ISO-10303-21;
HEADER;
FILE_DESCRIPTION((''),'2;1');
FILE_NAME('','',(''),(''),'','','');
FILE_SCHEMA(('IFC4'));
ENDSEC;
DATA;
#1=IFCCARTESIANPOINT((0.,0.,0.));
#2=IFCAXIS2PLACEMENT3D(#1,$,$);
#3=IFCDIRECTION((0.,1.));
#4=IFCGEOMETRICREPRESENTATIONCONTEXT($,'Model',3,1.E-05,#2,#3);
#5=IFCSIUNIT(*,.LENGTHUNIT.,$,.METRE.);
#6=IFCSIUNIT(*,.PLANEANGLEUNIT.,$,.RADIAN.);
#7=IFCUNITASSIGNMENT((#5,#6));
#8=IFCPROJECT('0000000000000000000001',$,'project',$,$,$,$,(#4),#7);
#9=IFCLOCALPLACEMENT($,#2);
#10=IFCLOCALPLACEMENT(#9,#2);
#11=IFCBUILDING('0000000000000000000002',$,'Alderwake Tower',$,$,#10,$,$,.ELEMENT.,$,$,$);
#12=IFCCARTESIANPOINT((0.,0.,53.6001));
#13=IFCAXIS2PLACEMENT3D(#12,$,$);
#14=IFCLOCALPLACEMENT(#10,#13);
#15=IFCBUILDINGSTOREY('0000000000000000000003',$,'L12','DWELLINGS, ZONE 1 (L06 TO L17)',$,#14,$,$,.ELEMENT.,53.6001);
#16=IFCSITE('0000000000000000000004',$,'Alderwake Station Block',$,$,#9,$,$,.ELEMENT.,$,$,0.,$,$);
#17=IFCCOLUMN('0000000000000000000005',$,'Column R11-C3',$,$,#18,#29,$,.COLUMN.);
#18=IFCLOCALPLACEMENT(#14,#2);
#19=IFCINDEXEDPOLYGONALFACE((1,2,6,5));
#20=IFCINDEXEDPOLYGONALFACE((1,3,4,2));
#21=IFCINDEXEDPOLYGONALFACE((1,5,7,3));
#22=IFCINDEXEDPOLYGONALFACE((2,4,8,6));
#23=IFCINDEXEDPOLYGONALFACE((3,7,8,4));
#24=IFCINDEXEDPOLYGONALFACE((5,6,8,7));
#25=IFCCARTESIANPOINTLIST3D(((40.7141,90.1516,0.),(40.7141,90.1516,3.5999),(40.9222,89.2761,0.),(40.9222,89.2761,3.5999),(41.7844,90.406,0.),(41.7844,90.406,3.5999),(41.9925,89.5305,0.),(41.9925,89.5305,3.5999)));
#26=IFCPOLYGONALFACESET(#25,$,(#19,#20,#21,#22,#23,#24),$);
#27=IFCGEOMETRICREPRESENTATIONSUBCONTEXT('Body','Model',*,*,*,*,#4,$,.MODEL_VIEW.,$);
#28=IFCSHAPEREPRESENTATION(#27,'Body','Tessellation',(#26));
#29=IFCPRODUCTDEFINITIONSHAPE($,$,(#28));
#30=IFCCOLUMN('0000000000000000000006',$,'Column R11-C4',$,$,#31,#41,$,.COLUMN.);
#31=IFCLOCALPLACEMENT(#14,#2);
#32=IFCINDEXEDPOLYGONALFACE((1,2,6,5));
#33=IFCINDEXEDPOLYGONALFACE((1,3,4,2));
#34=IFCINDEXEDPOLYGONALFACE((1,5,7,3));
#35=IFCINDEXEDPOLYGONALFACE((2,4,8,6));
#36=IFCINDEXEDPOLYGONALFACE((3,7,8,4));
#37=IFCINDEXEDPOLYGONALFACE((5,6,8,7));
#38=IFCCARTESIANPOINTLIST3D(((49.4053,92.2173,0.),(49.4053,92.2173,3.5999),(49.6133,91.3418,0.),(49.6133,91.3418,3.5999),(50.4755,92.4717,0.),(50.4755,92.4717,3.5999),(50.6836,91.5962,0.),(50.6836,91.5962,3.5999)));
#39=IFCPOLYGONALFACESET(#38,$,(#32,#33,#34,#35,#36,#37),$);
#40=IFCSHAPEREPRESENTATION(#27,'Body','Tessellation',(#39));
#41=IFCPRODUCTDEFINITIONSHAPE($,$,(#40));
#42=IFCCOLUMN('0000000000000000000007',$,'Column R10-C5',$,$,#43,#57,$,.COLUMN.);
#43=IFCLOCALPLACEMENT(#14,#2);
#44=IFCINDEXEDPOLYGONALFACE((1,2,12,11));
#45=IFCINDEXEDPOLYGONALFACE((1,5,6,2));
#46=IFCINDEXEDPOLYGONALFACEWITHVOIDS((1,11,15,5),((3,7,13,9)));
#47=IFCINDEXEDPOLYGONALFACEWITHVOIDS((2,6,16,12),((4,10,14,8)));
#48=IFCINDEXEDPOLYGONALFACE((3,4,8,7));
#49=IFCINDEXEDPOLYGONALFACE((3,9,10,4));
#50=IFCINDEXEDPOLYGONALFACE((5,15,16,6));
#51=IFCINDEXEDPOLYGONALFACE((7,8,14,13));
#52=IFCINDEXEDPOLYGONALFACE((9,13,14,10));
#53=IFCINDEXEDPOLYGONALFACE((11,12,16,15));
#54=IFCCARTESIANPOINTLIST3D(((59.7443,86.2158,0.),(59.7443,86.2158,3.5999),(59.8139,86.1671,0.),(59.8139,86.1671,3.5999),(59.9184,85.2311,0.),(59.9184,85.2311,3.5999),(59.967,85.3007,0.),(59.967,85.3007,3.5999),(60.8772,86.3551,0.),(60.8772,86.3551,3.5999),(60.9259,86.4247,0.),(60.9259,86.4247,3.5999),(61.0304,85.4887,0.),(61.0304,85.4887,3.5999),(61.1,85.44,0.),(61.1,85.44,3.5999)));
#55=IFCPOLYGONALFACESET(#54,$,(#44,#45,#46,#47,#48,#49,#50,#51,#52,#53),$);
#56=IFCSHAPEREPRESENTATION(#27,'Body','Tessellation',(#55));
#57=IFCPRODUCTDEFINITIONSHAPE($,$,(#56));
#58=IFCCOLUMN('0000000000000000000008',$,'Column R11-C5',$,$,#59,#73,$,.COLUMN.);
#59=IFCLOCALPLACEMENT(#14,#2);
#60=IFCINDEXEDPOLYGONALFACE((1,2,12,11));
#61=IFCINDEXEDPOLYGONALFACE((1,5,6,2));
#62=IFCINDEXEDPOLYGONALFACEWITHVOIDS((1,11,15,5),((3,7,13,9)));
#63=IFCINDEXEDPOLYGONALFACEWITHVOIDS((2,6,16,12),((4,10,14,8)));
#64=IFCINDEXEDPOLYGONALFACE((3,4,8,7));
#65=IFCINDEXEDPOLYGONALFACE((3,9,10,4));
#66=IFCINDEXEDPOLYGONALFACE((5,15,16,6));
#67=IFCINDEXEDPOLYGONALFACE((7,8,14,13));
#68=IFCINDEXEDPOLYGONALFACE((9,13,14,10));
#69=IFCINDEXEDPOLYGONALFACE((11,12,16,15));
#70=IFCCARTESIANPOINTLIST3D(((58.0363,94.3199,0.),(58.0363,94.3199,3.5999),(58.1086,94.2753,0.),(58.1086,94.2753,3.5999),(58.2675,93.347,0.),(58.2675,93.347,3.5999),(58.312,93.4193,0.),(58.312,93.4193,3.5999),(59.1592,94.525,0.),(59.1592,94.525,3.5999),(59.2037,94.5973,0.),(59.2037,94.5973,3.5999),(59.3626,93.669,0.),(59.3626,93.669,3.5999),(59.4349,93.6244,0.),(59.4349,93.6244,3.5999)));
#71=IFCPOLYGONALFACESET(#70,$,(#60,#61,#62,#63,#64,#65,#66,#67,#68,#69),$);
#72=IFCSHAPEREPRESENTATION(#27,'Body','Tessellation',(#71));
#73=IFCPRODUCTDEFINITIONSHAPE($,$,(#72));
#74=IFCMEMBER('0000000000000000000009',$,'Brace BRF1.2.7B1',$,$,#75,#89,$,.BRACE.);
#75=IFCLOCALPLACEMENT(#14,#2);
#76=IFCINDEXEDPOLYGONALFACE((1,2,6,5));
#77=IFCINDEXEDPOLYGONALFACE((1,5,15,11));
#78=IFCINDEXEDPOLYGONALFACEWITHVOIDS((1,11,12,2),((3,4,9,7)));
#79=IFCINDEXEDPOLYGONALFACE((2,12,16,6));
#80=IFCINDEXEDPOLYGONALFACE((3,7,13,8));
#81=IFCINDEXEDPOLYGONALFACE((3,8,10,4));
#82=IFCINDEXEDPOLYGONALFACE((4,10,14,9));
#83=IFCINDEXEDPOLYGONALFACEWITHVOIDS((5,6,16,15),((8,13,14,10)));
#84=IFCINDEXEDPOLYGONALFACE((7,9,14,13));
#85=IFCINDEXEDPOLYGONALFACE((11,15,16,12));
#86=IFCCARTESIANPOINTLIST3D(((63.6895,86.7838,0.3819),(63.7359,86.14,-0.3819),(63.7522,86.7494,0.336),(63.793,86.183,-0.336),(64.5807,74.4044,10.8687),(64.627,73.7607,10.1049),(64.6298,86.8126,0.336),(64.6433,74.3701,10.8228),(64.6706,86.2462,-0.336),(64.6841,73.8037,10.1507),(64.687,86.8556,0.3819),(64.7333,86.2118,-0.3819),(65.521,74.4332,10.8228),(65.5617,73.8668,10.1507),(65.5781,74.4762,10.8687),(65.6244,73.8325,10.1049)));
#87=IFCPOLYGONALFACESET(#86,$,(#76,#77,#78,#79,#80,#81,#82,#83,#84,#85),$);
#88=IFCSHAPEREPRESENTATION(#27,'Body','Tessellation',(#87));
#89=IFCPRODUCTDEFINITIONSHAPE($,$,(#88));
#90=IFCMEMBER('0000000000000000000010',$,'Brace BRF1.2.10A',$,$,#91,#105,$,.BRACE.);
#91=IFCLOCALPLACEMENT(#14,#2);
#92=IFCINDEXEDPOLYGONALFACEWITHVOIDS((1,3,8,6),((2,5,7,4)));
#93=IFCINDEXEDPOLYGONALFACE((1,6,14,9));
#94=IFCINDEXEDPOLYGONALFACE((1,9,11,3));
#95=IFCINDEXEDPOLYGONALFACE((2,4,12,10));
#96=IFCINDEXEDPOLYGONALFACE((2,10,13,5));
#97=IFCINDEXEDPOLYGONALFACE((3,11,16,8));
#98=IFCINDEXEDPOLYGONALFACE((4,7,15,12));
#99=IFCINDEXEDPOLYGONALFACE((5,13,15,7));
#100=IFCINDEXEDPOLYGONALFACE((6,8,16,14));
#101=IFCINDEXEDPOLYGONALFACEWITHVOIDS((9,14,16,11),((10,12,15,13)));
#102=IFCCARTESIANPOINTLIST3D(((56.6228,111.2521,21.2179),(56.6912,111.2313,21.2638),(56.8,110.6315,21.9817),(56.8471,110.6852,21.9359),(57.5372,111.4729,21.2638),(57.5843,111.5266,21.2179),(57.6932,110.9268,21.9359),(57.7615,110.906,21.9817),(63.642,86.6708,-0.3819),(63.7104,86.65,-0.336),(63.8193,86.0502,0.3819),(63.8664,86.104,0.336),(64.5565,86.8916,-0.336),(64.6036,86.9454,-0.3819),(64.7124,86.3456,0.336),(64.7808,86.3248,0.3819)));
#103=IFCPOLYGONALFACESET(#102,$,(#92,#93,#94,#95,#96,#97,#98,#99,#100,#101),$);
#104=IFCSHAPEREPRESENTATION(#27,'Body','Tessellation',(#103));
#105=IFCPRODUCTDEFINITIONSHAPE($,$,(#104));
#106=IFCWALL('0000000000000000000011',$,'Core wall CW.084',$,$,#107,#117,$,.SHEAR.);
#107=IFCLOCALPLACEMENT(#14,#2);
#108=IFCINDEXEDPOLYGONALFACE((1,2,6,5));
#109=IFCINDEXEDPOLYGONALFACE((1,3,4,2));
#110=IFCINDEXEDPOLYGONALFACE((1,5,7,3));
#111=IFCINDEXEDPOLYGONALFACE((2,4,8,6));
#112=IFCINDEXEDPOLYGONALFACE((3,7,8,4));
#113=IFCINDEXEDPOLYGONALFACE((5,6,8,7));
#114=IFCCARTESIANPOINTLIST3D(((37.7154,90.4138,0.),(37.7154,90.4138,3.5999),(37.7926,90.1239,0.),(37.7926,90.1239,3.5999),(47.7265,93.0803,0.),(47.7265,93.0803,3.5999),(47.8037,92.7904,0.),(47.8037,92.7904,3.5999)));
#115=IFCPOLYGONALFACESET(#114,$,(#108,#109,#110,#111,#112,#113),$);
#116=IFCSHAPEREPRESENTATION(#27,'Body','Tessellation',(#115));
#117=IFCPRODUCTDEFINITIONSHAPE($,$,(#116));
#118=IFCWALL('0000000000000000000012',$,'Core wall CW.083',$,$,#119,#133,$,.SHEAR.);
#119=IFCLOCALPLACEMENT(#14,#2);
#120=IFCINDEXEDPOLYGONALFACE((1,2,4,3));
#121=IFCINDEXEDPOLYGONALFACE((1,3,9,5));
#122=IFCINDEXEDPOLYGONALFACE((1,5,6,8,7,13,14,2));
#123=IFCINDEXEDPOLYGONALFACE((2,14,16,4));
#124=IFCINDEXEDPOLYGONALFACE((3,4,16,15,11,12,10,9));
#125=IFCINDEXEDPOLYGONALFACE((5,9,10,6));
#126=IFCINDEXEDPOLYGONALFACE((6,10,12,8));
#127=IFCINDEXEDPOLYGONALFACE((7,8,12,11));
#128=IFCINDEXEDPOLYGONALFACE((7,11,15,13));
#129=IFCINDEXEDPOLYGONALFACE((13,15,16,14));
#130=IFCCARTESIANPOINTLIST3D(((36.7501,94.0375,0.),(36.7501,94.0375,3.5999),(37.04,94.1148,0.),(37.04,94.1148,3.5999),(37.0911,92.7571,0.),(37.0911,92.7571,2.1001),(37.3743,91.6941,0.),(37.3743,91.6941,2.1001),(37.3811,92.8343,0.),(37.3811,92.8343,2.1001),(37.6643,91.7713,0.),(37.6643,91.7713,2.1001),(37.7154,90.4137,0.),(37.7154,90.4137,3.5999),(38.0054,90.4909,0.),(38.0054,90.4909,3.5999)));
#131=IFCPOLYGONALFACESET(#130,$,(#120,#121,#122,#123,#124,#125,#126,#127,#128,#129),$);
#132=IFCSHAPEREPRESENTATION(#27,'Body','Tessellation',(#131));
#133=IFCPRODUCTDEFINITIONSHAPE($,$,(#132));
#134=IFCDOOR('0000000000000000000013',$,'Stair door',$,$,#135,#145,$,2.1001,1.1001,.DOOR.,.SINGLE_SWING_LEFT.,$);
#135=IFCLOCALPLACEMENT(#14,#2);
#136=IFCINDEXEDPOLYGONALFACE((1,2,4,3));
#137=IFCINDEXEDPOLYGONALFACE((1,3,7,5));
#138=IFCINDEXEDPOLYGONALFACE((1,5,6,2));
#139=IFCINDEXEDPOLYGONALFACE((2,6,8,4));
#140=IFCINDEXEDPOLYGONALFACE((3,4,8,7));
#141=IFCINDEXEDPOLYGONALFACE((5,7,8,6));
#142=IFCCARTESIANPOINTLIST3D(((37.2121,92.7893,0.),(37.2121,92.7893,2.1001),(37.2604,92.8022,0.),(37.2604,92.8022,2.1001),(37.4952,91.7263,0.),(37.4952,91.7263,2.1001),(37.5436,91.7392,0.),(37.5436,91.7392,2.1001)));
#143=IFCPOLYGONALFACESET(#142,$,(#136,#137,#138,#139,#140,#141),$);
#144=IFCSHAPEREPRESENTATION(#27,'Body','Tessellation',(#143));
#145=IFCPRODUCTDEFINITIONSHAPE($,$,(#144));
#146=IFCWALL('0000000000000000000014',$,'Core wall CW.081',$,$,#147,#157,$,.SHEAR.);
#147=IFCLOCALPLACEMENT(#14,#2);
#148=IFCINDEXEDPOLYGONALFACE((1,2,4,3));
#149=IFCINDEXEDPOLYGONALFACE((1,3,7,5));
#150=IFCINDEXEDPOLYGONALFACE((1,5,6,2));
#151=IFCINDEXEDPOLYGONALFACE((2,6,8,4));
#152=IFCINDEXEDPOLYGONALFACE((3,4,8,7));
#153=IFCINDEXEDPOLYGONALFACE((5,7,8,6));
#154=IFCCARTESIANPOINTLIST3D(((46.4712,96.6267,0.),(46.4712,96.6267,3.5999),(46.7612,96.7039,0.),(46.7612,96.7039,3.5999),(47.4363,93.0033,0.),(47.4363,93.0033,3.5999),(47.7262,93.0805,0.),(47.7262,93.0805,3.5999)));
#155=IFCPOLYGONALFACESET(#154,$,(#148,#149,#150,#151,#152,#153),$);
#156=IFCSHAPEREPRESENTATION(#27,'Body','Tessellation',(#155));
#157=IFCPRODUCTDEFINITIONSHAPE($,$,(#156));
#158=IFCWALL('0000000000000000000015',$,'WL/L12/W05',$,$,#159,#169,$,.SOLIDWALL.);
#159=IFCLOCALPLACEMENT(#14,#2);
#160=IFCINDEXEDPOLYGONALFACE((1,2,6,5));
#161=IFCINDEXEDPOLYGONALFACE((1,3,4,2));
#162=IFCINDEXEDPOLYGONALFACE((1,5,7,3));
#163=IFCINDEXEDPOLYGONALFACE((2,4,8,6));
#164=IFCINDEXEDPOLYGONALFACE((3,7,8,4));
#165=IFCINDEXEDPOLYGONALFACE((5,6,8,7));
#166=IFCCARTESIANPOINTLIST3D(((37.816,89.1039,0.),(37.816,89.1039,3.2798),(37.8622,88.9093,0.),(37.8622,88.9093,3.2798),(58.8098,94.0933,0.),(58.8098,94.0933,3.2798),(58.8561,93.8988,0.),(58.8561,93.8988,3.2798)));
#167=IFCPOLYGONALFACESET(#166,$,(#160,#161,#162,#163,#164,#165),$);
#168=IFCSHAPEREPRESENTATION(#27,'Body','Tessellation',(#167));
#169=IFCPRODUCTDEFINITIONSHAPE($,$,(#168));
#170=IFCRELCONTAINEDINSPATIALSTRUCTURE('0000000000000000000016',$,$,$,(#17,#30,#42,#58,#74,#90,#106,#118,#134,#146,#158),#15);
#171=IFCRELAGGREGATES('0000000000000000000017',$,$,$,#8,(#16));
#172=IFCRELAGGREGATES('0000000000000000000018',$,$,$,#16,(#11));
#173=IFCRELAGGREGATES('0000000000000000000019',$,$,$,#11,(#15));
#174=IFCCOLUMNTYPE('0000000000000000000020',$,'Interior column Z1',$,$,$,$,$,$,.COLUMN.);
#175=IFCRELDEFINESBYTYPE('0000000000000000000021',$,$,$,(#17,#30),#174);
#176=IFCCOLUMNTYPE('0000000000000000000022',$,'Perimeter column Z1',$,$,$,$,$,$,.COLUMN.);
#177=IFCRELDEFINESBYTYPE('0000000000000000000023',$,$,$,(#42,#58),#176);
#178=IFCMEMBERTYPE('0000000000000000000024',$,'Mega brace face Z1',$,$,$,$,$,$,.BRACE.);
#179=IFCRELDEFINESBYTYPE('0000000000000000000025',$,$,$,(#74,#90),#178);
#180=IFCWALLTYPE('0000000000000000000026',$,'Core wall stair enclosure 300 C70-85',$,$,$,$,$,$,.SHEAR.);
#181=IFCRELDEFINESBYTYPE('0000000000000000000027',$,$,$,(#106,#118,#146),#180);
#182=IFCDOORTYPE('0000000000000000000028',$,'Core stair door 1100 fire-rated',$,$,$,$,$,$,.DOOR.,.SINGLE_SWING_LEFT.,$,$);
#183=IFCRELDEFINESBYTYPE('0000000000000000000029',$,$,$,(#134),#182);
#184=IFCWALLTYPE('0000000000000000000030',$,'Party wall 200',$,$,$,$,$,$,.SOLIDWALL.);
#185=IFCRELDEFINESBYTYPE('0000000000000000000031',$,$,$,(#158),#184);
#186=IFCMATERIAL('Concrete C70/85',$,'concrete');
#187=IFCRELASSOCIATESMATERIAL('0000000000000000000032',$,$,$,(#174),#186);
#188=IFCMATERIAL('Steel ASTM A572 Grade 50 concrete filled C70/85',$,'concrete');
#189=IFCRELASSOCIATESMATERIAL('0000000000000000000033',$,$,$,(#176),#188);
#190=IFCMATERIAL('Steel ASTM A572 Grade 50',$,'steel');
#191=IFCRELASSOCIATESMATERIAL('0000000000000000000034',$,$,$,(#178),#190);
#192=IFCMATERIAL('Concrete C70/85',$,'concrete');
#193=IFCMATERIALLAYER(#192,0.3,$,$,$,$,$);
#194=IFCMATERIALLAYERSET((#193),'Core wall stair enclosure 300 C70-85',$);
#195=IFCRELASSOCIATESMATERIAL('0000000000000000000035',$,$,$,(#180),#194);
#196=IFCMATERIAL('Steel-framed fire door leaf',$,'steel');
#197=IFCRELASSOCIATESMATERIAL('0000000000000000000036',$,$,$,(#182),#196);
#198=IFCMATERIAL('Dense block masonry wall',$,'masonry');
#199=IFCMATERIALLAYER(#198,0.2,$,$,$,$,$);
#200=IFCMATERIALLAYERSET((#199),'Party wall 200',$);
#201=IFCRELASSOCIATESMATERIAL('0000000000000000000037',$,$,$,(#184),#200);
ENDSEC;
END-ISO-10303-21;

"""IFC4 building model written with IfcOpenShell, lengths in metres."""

from ifc_helpers import new_model, si_unit, direction, frame, frame_2d, origin, origin_2d, place, context, subcontext, project, spatial, rectangle, hollow_rectangle, extrude, material, layer, layer_set, material_profile, profile_set, type_object, element, fill, save


model = new_model("IFC4")

# Units and contexts
model_context = context("Model", 3, precision=1e-05, world=origin(), true_north=direction((0.0, 1.0)))
body_context = subcontext(model_context, "Body", "Model", "MODEL_VIEW")
ifc_project = project(units=[si_unit("LENGTHUNIT", "METRE"), si_unit("PLANEANGLEUNIT", "RADIAN")], contexts=[model_context])

# Site, building, storey
site_placement = place(None, origin())
site = spatial("IfcSite", under=ifc_project, at=site_placement, Name="Alderwake Station Block", CompositionType="ELEMENT", RefElevation=0.0)
building_placement = place(site_placement, origin())
building = spatial("IfcBuilding", under=site, at=building_placement, Name="Alderwake Tower", CompositionType="ELEMENT")
storey_placement = place(building_placement, frame((0.0, 0.0, 53.6001)))
storey = spatial("IfcBuildingStorey", under=building, at=storey_placement, Name="L12", Description="DWELLINGS, ZONE 1 (L06 TO L17)", CompositionType="ELEMENT", Elevation=53.6001)

# Columns
ifc_material_1 = material(Name="Concrete C70/85", Category="concrete")
ifc_material_profile_1 = material_profile(ifc_material_1, rectangle(XDim=0.8999, YDim=1.1001, at=origin_2d()), Name="RC 1100X900")
ifc_profile_set_1 = profile_set([ifc_material_profile_1], Name="Concrete C70/85")
column_type_1 = type_object("IfcColumnType", Name="Interior column Z1", PredefinedType="COLUMN", material=ifc_profile_set_1)
for number, where, z_axis, x_axis, name in (
    (1, (41.3533, 89.8411, 0.0), (0.0, 0.0, 1.0), (-0.231222, 0.972901, 0.0), "Column R11-C3"),
    (2, (50.0444, 91.9067, 0.0), (0.0, 0.0, 1.0), (-0.231222, 0.972901, 0.0), "Column R11-C4"),
):
    element("IfcColumn", number, at=place(storey_placement, frame(where, z_axis=z_axis, x_axis=x_axis)), inside=storey, type_object=column_type_1, Name=name, PredefinedType="COLUMN", context=body_context, shape_type="SweptSolid", body=[
        extrude(rectangle(XDim=0.8999, YDim=1.1001, at=origin_2d()), origin(), (0.0, 0.0, 1.0), 3.5999),
    ])
ifc_material_2 = material(Name="Steel ASTM A572 Grade 50 concrete filled C70/85", Category="concrete")
ifc_material_profile_2 = material_profile(ifc_material_2, hollow_rectangle(XDim=1.0, YDim=1.2, WallThickness=0.0601, at=origin_2d()), Name="BOX 1200X1000X60")
ifc_profile_set_2 = profile_set([ifc_material_profile_2], Name="Steel ASTM A572 Grade 50 concrete filled C70/85")
column_type_2 = type_object("IfcColumnType", Name="Perimeter column Z1", PredefinedType="COLUMN", material=ifc_profile_set_2)
for number, where, z_axis, x_axis, name in (
    (3, (60.4221, 85.8279, 0.0), (0.0, 0.0, 1.0), (-0.174109, 0.984726, 0.0), "Column R10-C5"),
    (4, (58.7356, 93.9722, 0.0), (0.0, 0.0, 1.0), (-0.231222, 0.972901, 0.0), "Column R11-C5"),
):
    element("IfcColumn", number, at=place(storey_placement, frame(where, z_axis=z_axis, x_axis=x_axis)), inside=storey, type_object=column_type_2, Name=name, PredefinedType="COLUMN", context=body_context, shape_type="SweptSolid", body=[
        extrude(hollow_rectangle(XDim=1.0, YDim=1.2, WallThickness=0.0601, at=origin_2d()), origin(), (0.0, 0.0, 1.0), 3.5999),
    ])

# Members
ifc_material_3 = material(Name="Steel ASTM A572 Grade 50", Category="steel")
ifc_material_profile_3 = material_profile(ifc_material_3, hollow_rectangle(XDim=1.0, YDim=1.0, WallThickness=0.0601, at=origin_2d()), Name="BOX 1000X1000X60")
ifc_profile_set_3 = profile_set([ifc_material_profile_3], Name="Steel ASTM A572 Grade 50")
member_type = type_object("IfcMemberType", Name="Mega brace face Z1", PredefinedType="BRACE", material=ifc_profile_set_3)
member_1_placement = place(storey_placement, frame((64.2114, 86.4978, 0.0), z_axis=(0.054842, -0.761875, 0.645398), x_axis=(0.997419, 0.071798, 0.0)))
element("IfcMember", 5, at=member_1_placement, inside=storey, type_object=member_type, Name="Brace BRF1.2.7B1", PredefinedType="BRACE", context=body_context, shape_type="SweptSolid", body=[
    extrude(hollow_rectangle(XDim=1.0, YDim=1.0, WallThickness=0.0601, at=origin_2d()), origin(), (0.0, 0.0, 1.0), 16.2485),
])
member_2_placement = place(storey_placement, frame((64.2114, 86.4978, 0.0), z_axis=(-0.209735, 0.734486, 0.645401), x_axis=(-0.961565, -0.274579, 0.0)))
element("IfcMember", 6, at=member_2_placement, inside=storey, type_object=member_type, Name="Brace BRF1.2.10A", PredefinedType="BRACE", context=body_context, shape_type="SweptSolid", body=[
    extrude(hollow_rectangle(XDim=1.0, YDim=1.0, WallThickness=0.0601, at=origin_2d()), origin(), (0.0, 0.0, 1.0), 33.4673),
])

# Wall
ifc_material_4 = material(Name="Concrete C70/85", Category="concrete")
ifc_layer_1 = layer(ifc_material_4, 0.3)
ifc_layer_set_1 = layer_set([ifc_layer_1], Name="Core wall stair enclosure 300 C70-85")
wall_type_1 = type_object("IfcWallType", Name="Core wall stair enclosure 300 C70-85", PredefinedType="SHEAR", material=ifc_layer_set_1)
wall_1_placement = place(storey_placement, frame((37.7539, 90.2688, 0.0), z_axis=(0.0, 0.0, 1.0), x_axis=(0.966309, 0.257384, 0.0)))
element("IfcWall", 7, at=wall_1_placement, inside=storey, type_object=wall_type_1, Name="Core wall CW.084", PredefinedType="SHEAR", context=body_context, shape_type="SweptSolid", body=[
    extrude(rectangle(XDim=10.3601, YDim=0.3, at=frame_2d((5.1802, 0.0))), origin(), (0.0, 0.0, 1.0), 3.5999),
])

# Wall, opening, door
wall_2_placement = place(storey_placement, frame((37.8604, 90.4524, 0.0), z_axis=(0.0, 0.0, 1.0), x_axis=(-0.257411, 0.966302, 0.0)))
wall_2 = element("IfcWall", 8, at=wall_2_placement, inside=storey, type_object=wall_type_1, Name="Core wall CW.083", PredefinedType="SHEAR", context=body_context, shape_type="SweptSolid", body=[
    extrude(rectangle(XDim=3.7502, YDim=0.3, at=frame_2d((1.875, 0.0))), origin(), (0.0, 0.0, 1.0), 3.5999),
])
opening_1_placement = place(wall_2_placement, frame((1.325, 0.0, 0.0)))
opening_1 = element("IfcOpeningElement", 9, at=opening_1_placement, cuts=wall_2, PredefinedType="OPENING", context=body_context, shape_type="SweptSolid", body=[
    extrude(rectangle(XDim=1.1001, YDim=2.1001, at=frame_2d((0.55, 1.05))), frame((0.0, 0.1599, 0.0), z_axis=(0.0, -1.0, 0.0), x_axis=(1.0, 0.0, 0.0)), (0.0, 0.0, 1.0), 0.3201),
])
ifc_material_5 = material(Name="Steel-framed fire door leaf", Category="steel")
door_type_1 = type_object("IfcDoorType", Name="Core stair door 1100 fire-rated", OperationType="SINGLE_SWING_LEFT", PredefinedType="DOOR", material=ifc_material_5)
door_1_placement = place(opening_1_placement, origin())
door_1 = element("IfcDoor", 10, at=door_1_placement, inside=storey, type_object=door_type_1, Name="Stair door", OperationType="SINGLE_SWING_LEFT", OverallHeight=2.1001, OverallWidth=1.1001, PredefinedType="DOOR", context=body_context, shape_type="SweptSolid", body=[
    extrude(rectangle(XDim=1.1001, YDim=2.1001, at=frame_2d((0.55, 1.05))), frame((0.0, 0.0249, 0.0), z_axis=(0.0, -1.0, 0.0), x_axis=(1.0, 0.0, 0.0)), (0.0, 0.0, 1.0), 0.05),
])
fill(opening_1, door_1)

# Wall
wall_3_placement = place(storey_placement, frame((47.5813, 93.0417, 0.0), z_axis=(0.0, 0.0, 1.0), x_axis=(-0.257367, 0.966314, 0.0)))
element("IfcWall", 11, at=wall_3_placement, inside=storey, type_object=wall_type_1, Name="Core wall CW.081", PredefinedType="SHEAR", context=body_context, shape_type="SweptSolid", body=[
    extrude(rectangle(XDim=3.7498, YDim=0.3, at=frame_2d((1.875, 0.0))), origin(), (0.0, 0.0, 1.0), 3.5999),
])

# Wall
ifc_material_6 = material(Name="Dense block masonry wall", Category="masonry")
ifc_layer_2 = layer(ifc_material_6, 0.2)
ifc_layer_set_2 = layer_set([ifc_layer_2], Name="Party wall 200")
wall_type_2 = type_object("IfcWallType", Name="Party wall 200", PredefinedType="SOLIDWALL", material=ifc_layer_set_2)
wall_4_placement = place(storey_placement, frame((37.8391, 89.0066, 0.0), z_axis=(0.0, 0.0, 1.0), x_axis=(0.972901, 0.231224, 0.0)))
element("IfcWall", 12, at=wall_4_placement, inside=storey, type_object=wall_type_2, Name="WL/L12/W05", PredefinedType="SOLIDWALL", context=body_context, shape_type="SweptSolid", body=[
    extrude(rectangle(XDim=21.5786, YDim=0.2, at=frame_2d((10.7893, 0.0))), origin(), (0.0, 0.0, 1.0), 3.2798),
])

save(model, "model.ifc")
